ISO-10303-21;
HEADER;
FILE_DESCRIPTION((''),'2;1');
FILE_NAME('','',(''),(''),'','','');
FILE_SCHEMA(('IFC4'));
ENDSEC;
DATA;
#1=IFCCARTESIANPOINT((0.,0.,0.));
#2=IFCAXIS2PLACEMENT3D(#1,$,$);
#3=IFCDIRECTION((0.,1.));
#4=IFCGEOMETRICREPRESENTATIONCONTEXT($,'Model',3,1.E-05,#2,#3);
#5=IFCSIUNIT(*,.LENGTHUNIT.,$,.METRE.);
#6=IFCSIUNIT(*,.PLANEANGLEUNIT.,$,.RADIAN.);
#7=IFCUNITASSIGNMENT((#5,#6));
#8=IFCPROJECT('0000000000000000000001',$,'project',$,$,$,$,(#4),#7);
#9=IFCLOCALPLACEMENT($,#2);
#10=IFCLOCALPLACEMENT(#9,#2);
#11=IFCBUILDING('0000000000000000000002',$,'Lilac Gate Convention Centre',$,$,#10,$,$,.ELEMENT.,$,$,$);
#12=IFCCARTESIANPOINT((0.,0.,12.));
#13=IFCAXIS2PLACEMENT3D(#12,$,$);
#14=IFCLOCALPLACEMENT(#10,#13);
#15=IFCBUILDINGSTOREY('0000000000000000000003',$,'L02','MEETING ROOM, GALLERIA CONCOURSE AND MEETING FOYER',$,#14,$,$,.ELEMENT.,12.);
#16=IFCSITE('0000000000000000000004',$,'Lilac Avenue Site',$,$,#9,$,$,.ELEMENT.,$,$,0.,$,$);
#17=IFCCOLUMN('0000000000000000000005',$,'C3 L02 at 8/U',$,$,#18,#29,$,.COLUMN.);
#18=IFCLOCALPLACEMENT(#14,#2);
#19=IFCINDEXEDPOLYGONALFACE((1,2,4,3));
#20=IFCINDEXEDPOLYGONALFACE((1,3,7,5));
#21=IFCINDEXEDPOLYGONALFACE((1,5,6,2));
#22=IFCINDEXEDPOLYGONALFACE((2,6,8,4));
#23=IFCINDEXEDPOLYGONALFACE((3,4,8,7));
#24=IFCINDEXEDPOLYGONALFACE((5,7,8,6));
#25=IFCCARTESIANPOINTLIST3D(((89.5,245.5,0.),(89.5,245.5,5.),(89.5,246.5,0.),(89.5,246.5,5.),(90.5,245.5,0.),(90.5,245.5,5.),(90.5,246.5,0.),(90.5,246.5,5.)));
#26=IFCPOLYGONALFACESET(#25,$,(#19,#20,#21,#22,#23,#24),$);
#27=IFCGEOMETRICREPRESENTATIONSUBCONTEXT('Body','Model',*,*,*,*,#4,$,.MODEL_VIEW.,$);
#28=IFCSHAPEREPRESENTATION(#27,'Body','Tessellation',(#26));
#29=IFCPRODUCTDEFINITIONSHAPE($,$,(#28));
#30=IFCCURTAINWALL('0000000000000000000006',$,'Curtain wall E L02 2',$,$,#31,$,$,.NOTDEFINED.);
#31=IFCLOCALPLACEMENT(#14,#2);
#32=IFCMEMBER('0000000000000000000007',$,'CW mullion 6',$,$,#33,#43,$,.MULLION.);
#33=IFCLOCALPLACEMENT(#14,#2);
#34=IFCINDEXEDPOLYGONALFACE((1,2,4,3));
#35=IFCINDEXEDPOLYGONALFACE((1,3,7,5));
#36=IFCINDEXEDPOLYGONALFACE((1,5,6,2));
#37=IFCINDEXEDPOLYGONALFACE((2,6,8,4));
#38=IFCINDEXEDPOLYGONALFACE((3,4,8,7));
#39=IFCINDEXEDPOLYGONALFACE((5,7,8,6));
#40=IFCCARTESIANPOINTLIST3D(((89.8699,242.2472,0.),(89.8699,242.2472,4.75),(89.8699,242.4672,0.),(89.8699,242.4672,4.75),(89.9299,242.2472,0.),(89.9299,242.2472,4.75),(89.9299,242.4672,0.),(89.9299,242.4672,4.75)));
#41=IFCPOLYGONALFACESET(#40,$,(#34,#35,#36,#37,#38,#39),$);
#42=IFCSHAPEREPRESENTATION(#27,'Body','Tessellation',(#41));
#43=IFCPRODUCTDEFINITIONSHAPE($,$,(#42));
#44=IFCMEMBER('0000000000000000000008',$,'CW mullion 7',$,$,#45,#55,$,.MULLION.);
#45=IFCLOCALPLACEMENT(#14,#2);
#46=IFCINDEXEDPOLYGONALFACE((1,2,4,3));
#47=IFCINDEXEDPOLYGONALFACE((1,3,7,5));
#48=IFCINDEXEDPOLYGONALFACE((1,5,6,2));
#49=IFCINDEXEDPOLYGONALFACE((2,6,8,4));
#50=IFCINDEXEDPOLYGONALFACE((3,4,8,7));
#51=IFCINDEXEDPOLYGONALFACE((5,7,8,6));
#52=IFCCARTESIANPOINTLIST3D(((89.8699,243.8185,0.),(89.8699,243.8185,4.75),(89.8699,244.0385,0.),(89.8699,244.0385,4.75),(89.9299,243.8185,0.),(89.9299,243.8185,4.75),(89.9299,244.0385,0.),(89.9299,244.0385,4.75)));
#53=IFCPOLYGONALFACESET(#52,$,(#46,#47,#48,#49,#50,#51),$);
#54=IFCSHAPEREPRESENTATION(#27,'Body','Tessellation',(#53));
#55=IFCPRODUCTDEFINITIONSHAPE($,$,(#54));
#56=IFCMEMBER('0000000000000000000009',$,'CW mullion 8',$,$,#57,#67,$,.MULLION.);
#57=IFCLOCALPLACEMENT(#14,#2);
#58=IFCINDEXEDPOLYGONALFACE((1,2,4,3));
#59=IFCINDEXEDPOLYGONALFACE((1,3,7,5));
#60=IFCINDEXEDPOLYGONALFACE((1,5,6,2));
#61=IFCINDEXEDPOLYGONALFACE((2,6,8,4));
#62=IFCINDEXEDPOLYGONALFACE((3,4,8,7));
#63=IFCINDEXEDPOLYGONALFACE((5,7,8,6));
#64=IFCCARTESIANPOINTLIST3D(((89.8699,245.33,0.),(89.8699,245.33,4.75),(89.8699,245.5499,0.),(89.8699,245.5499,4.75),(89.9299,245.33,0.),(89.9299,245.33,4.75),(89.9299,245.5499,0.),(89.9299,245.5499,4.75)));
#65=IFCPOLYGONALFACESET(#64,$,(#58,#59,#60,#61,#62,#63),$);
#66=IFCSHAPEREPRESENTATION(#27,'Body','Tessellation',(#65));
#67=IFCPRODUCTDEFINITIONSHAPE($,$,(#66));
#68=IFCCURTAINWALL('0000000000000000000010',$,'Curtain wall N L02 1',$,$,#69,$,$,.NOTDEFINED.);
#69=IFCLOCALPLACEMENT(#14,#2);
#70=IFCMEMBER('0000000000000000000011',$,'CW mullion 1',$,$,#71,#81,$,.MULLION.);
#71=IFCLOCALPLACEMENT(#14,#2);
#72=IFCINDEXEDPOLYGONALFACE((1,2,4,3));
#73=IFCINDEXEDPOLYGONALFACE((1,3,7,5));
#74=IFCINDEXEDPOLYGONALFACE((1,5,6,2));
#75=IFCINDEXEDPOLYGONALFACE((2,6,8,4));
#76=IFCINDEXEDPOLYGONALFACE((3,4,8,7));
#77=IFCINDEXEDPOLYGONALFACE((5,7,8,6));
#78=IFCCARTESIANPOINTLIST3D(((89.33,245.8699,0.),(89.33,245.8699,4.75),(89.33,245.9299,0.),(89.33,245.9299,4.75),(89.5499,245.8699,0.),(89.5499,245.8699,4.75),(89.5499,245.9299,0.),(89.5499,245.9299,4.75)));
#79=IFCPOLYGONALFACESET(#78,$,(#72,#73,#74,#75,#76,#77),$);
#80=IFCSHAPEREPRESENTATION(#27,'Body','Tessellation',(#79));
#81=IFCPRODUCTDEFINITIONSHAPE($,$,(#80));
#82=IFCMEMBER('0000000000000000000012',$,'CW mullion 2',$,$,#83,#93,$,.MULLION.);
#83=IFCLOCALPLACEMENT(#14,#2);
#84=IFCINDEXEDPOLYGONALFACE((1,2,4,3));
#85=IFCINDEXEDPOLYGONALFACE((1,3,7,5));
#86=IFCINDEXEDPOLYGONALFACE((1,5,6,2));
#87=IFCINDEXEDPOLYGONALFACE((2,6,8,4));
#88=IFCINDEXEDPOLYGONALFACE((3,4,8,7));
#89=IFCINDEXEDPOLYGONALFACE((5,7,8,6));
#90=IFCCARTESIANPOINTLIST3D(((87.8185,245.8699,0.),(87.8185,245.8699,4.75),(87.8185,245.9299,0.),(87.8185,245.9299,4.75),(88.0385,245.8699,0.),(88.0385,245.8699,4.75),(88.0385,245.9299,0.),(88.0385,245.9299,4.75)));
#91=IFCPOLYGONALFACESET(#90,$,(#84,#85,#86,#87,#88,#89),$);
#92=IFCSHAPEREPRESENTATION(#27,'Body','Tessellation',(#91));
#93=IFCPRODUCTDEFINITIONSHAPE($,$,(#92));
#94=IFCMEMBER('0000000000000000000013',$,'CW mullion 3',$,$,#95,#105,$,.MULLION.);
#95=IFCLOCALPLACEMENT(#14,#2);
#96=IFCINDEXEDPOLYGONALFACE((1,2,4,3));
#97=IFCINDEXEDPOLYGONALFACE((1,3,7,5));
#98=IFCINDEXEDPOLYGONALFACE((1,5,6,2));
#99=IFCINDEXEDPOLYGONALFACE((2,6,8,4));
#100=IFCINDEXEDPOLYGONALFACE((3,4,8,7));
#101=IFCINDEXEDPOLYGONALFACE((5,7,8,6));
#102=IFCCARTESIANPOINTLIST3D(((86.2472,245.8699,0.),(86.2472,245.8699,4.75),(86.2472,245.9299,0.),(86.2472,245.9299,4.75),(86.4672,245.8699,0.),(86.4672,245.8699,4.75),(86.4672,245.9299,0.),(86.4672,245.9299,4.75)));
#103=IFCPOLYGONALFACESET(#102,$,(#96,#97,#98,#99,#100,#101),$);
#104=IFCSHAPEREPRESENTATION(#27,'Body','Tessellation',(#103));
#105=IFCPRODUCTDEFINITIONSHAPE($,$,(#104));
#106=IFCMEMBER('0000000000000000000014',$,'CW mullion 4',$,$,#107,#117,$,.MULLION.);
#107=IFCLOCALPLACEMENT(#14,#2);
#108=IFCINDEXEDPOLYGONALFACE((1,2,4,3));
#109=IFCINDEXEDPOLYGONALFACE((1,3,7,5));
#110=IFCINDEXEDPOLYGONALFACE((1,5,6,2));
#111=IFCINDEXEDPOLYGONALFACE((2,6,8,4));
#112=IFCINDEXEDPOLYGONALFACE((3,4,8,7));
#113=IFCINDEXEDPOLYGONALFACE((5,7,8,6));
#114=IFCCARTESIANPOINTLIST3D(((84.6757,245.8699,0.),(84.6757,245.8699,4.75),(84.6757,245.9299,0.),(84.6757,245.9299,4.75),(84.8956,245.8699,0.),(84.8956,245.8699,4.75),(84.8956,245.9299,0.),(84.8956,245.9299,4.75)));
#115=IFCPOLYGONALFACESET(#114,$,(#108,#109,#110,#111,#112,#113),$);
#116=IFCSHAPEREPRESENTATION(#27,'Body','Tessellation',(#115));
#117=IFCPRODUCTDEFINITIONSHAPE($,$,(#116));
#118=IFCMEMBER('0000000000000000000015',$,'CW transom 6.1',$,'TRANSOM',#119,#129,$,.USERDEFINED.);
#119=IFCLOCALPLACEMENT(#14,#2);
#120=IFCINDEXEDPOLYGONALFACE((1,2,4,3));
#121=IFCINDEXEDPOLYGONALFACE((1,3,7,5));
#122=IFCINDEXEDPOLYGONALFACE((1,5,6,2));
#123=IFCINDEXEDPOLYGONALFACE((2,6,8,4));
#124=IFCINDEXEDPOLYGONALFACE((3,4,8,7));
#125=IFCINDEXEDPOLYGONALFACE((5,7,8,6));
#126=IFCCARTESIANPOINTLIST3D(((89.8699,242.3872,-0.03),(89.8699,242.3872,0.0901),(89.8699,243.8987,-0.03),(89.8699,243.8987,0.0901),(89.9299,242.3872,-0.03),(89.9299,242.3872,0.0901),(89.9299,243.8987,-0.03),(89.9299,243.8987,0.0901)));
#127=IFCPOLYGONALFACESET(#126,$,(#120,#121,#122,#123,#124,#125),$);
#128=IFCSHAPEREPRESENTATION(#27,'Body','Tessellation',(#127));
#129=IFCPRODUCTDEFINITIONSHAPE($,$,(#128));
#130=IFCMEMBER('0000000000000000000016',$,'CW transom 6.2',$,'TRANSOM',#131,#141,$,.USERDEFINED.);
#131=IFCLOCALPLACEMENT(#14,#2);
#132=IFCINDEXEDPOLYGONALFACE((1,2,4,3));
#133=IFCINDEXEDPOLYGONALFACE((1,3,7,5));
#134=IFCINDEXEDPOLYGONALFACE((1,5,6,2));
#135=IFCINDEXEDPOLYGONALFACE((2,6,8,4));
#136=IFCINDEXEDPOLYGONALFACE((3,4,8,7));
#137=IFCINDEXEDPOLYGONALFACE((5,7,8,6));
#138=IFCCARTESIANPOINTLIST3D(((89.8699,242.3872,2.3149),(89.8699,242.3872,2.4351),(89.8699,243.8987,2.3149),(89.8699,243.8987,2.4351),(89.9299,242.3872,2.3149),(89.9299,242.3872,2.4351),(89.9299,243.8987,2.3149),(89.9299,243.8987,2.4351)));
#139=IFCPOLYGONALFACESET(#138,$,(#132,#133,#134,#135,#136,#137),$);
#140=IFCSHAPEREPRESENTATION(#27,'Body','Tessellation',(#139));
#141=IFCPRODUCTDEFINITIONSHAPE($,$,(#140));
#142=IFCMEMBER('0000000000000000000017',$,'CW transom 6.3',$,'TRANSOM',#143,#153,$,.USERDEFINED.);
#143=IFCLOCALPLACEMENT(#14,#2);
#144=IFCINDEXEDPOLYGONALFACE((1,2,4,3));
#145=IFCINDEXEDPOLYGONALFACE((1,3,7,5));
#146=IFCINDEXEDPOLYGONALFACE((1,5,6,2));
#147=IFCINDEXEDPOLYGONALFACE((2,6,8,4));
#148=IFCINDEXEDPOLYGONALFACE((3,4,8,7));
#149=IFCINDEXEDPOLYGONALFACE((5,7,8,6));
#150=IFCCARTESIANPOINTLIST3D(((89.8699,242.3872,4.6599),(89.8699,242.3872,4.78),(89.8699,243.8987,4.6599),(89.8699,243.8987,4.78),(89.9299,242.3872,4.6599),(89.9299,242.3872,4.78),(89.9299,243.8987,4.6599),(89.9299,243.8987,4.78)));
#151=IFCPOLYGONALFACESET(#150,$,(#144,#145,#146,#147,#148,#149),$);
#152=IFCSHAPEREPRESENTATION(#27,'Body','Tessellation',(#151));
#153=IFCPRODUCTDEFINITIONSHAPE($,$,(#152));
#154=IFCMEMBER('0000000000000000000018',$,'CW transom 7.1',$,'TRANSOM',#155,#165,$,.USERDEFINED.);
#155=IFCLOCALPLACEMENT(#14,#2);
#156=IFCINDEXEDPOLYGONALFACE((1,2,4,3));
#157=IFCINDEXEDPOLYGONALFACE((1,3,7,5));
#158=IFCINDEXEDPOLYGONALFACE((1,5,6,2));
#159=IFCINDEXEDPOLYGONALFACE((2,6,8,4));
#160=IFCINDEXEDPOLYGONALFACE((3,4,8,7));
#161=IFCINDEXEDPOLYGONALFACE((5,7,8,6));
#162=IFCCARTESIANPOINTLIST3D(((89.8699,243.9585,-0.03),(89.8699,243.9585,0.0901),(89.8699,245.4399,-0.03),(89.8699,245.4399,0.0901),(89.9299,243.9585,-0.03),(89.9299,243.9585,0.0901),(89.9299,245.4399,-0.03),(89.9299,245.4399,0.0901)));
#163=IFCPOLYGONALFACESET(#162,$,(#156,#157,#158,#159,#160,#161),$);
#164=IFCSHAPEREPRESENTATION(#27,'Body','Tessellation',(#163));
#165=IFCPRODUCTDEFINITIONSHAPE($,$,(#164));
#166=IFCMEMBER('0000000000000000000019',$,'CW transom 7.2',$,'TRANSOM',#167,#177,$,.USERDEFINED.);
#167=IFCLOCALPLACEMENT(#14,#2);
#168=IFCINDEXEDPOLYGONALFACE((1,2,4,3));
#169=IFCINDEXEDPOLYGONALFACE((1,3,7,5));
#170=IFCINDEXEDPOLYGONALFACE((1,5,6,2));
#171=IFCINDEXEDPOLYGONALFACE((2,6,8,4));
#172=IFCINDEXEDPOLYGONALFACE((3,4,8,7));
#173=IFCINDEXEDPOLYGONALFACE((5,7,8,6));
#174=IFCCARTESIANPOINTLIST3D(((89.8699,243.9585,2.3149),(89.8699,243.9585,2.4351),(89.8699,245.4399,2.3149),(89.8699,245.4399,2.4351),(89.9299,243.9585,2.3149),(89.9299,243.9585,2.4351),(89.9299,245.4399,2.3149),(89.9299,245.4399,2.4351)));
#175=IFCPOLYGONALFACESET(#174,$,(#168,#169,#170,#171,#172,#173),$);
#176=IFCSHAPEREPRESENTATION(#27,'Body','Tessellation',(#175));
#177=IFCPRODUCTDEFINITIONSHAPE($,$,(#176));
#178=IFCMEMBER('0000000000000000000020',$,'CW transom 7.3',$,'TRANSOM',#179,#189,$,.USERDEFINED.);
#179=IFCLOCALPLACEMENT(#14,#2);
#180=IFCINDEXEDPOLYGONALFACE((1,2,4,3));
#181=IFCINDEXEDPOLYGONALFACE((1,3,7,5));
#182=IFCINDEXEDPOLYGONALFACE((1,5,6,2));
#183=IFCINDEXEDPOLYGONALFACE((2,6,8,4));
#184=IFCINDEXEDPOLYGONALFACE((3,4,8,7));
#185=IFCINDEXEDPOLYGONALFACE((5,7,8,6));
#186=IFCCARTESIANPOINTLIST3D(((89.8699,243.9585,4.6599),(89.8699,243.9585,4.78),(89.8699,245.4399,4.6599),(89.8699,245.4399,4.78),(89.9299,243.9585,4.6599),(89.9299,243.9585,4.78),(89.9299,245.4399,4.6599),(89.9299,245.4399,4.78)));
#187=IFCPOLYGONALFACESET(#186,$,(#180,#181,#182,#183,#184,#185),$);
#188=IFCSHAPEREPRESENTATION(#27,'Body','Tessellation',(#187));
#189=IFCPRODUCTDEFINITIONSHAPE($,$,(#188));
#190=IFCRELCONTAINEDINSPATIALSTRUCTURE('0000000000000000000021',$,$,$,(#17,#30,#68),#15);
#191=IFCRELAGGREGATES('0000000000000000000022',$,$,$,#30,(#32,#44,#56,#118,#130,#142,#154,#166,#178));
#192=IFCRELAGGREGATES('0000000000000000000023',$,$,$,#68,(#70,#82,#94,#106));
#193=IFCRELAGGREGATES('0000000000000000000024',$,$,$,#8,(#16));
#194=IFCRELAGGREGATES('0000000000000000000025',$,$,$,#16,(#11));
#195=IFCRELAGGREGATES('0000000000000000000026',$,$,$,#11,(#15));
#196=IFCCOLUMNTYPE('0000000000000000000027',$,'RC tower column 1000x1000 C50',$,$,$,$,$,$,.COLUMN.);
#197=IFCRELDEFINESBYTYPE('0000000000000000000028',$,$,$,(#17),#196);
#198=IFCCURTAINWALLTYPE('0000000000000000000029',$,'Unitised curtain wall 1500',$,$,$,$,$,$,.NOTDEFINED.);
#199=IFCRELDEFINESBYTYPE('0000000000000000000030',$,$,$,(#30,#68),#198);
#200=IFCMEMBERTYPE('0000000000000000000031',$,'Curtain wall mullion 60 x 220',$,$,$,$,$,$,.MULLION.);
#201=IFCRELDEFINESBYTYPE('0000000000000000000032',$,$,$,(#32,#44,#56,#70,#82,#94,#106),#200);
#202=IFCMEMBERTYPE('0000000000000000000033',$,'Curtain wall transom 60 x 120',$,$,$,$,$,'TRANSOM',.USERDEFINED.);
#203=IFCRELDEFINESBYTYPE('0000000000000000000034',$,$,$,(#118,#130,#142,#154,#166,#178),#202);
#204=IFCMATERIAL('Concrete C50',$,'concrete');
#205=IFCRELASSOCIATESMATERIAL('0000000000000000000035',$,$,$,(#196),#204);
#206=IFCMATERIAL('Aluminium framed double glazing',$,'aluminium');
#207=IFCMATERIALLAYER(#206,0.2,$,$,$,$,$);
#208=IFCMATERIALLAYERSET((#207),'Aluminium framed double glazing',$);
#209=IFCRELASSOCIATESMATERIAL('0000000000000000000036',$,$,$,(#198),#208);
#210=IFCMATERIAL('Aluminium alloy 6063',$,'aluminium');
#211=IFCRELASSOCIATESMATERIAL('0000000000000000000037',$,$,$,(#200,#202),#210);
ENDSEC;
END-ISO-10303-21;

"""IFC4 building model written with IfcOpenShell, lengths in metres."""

from ifc_helpers import new_model, si_unit, direction, frame, origin, origin_2d, place, context, subcontext, project, spatial, rectangle, extrude, material, layer, layer_set, material_profile, profile_set, type_object, element, aggregate, save


model = new_model("IFC4")

# Units and contexts
model_context = context("Model", 3, precision=1e-05, world=origin(), true_north=direction((0.0, 1.0)))
body_context = subcontext(model_context, "Body", "Model", "MODEL_VIEW")
ifc_project = project(units=[si_unit("LENGTHUNIT", "METRE"), si_unit("PLANEANGLEUNIT", "RADIAN")], contexts=[model_context])

# Site, building, storey
site_placement = place(None, origin())
site = spatial("IfcSite", under=ifc_project, at=site_placement, Name="Lilac Avenue Site", CompositionType="ELEMENT", RefElevation=0.0)
building_placement = place(site_placement, origin())
building = spatial("IfcBuilding", under=site, at=building_placement, Name="Lilac Gate Convention Centre", CompositionType="ELEMENT")
storey_placement = place(building_placement, frame((0.0, 0.0, 12.0)))
storey = spatial("IfcBuildingStorey", under=building, at=storey_placement, Name="L02", Description="MEETING ROOM, GALLERIA CONCOURSE AND MEETING FOYER", CompositionType="ELEMENT", Elevation=12.0)

# Column
ifc_material_1 = material(Name="Concrete C50", Category="concrete")
ifc_material_profile_1 = material_profile(ifc_material_1, rectangle(XDim=1.0, YDim=1.0, at=origin_2d()), Name="RC 1000x1000")
ifc_profile_set_1 = profile_set([ifc_material_profile_1], Name="Concrete C50")
column_type = type_object("IfcColumnType", Name="RC tower column 1000x1000 C50", PredefinedType="COLUMN", material=ifc_profile_set_1)
column_placement = place(storey_placement, frame((90.0, 246.0, 0.0), z_axis=(0.0, 0.0, 1.0), x_axis=(1.0, 0.0, 0.0)))
element("IfcColumn", 1, at=column_placement, inside=storey, type_object=column_type, Name="C3 L02 at 8/U", PredefinedType="COLUMN", context=body_context, shape_type="SweptSolid", body=[
    extrude(rectangle(XDim=1.0, YDim=1.0, at=origin_2d()), origin(), (0.0, 0.0, 1.0), 5.0),
])

# Curtain walls, members
ifc_material_2 = material(Name="Aluminium framed double glazing", Category="aluminium")
ifc_layer_1 = layer(ifc_material_2, 0.2)
ifc_layer_set_1 = layer_set([ifc_layer_1], Name="Aluminium framed double glazing")
curtain_wall_type = type_object("IfcCurtainWallType", Name="Unitised curtain wall 1500", PredefinedType="NOTDEFINED", material=ifc_layer_set_1)
curtain_wall_1_placement = place(storey_placement, origin())
curtain_wall_1 = element("IfcCurtainWall", 2, at=curtain_wall_1_placement, inside=storey, type_object=curtain_wall_type, Name="Curtain wall E L02 2", PredefinedType="NOTDEFINED")
ifc_material_3 = material(Name="Aluminium alloy 6063", Category="aluminium")
ifc_material_profile_2 = material_profile(ifc_material_3, rectangle(XDim=0.0601, YDim=0.22, at=origin_2d()), Name="Curtain wall mullion 60 x 220")
ifc_profile_set_2 = profile_set([ifc_material_profile_2], Name="Aluminium alloy 6063")
member_type_1 = type_object("IfcMemberType", Name="Curtain wall mullion 60 x 220", PredefinedType="MULLION", material=ifc_profile_set_2)
member_1_placement = place(storey_placement, frame((89.8999, 242.3572, 0.0), z_axis=(0.0, 0.0, 1.0), x_axis=(-1.0, 0.0, 0.0)))
member_1 = element("IfcMember", 3, at=member_1_placement, type_object=member_type_1, Name="CW mullion 6", PredefinedType="MULLION", context=body_context, shape_type="SweptSolid", body=[
    extrude(rectangle(XDim=0.0601, YDim=0.22, at=origin_2d()), origin(), (0.0, 0.0, 1.0), 4.75),
])
member_2_placement = place(storey_placement, frame((89.8999, 243.9285, 0.0), z_axis=(0.0, 0.0, 1.0), x_axis=(-1.0, 0.0, 0.0)))
member_2 = element("IfcMember", 4, at=member_2_placement, type_object=member_type_1, Name="CW mullion 7", PredefinedType="MULLION", context=body_context, shape_type="SweptSolid", body=[
    extrude(rectangle(XDim=0.0601, YDim=0.22, at=origin_2d()), origin(), (0.0, 0.0, 1.0), 4.75),
])
member_3_placement = place(storey_placement, frame((89.8999, 245.4399, 0.0), z_axis=(0.0, 0.0, 1.0), x_axis=(-1.0, 0.0, 0.0)))
member_3 = element("IfcMember", 5, at=member_3_placement, type_object=member_type_1, Name="CW mullion 8", PredefinedType="MULLION", context=body_context, shape_type="SweptSolid", body=[
    extrude(rectangle(XDim=0.0601, YDim=0.22, at=origin_2d()), origin(), (0.0, 0.0, 1.0), 4.75),
])
curtain_wall_2_placement = place(storey_placement, origin())
curtain_wall_2 = element("IfcCurtainWall", 6, at=curtain_wall_2_placement, inside=storey, type_object=curtain_wall_type, Name="Curtain wall N L02 1", PredefinedType="NOTDEFINED")
member_4_placement = place(storey_placement, frame((89.4399, 245.8999, 0.0), z_axis=(0.0, 0.0, 1.0), x_axis=(0.0, -1.0, 0.0)))
member_4 = element("IfcMember", 7, at=member_4_placement, type_object=member_type_1, Name="CW mullion 1", PredefinedType="MULLION", context=body_context, shape_type="SweptSolid", body=[
    extrude(rectangle(XDim=0.0601, YDim=0.22, at=origin_2d()), origin(), (0.0, 0.0, 1.0), 4.75),
])
member_5_placement = place(storey_placement, frame((87.9285, 245.8999, 0.0), z_axis=(0.0, 0.0, 1.0), x_axis=(0.0, -1.0, 0.0)))
member_5 = element("IfcMember", 8, at=member_5_placement, type_object=member_type_1, Name="CW mullion 2", PredefinedType="MULLION", context=body_context, shape_type="SweptSolid", body=[
    extrude(rectangle(XDim=0.0601, YDim=0.22, at=origin_2d()), origin(), (0.0, 0.0, 1.0), 4.75),
])
member_6_placement = place(storey_placement, frame((86.3572, 245.8999, 0.0), z_axis=(0.0, 0.0, 1.0), x_axis=(0.0, -1.0, 0.0)))
member_6 = element("IfcMember", 9, at=member_6_placement, type_object=member_type_1, Name="CW mullion 3", PredefinedType="MULLION", context=body_context, shape_type="SweptSolid", body=[
    extrude(rectangle(XDim=0.0601, YDim=0.22, at=origin_2d()), origin(), (0.0, 0.0, 1.0), 4.75),
])
member_7_placement = place(storey_placement, frame((84.7856, 245.8999, 0.0), z_axis=(0.0, 0.0, 1.0), x_axis=(0.0, -1.0, 0.0)))
member_7 = element("IfcMember", 10, at=member_7_placement, type_object=member_type_1, Name="CW mullion 4", PredefinedType="MULLION", context=body_context, shape_type="SweptSolid", body=[
    extrude(rectangle(XDim=0.0601, YDim=0.22, at=origin_2d()), origin(), (0.0, 0.0, 1.0), 4.75),
])

# Members
ifc_material_profile_3 = material_profile(ifc_material_3, rectangle(XDim=0.0601, YDim=0.1201, at=origin_2d()), Name="Curtain wall transom 60 x 120")
ifc_profile_set_3 = profile_set([ifc_material_profile_3], Name="Aluminium alloy 6063")
member_type_2 = type_object("IfcMemberType", Name="Curtain wall transom 60 x 120", ElementType="TRANSOM", PredefinedType="USERDEFINED", material=ifc_profile_set_3)
member_8_placement = place(storey_placement, frame((89.8999, 242.3872, 0.03), z_axis=(0.0, 1.0, 0.0), x_axis=(-1.0, 0.0, 0.0)))
member_8 = element("IfcMember", 11, at=member_8_placement, type_object=member_type_2, Name="CW transom 6.1", ObjectType="TRANSOM", PredefinedType="USERDEFINED", context=body_context, shape_type="SweptSolid", body=[
    extrude(rectangle(XDim=0.0601, YDim=0.1201, at=origin_2d()), origin(), (0.0, 0.0, 1.0), 1.5115),
])
member_9_placement = place(storey_placement, frame((89.8999, 242.3872, 2.375), z_axis=(0.0, 1.0, 0.0), x_axis=(-1.0, 0.0, 0.0)))
member_9 = element("IfcMember", 12, at=member_9_placement, type_object=member_type_2, Name="CW transom 6.2", ObjectType="TRANSOM", PredefinedType="USERDEFINED", context=body_context, shape_type="SweptSolid", body=[
    extrude(rectangle(XDim=0.0601, YDim=0.1201, at=origin_2d()), origin(), (0.0, 0.0, 1.0), 1.5115),
])
member_10_placement = place(storey_placement, frame((89.8999, 242.3872, 4.72), z_axis=(0.0, 1.0, 0.0), x_axis=(-1.0, 0.0, 0.0)))
member_10 = element("IfcMember", 13, at=member_10_placement, type_object=member_type_2, Name="CW transom 6.3", ObjectType="TRANSOM", PredefinedType="USERDEFINED", context=body_context, shape_type="SweptSolid", body=[
    extrude(rectangle(XDim=0.0601, YDim=0.1201, at=origin_2d()), origin(), (0.0, 0.0, 1.0), 1.5115),
])
member_11_placement = place(storey_placement, frame((89.8999, 243.9585, 0.03), z_axis=(0.0, 1.0, 0.0), x_axis=(-1.0, 0.0, 0.0)))
member_11 = element("IfcMember", 14, at=member_11_placement, type_object=member_type_2, Name="CW transom 7.1", ObjectType="TRANSOM", PredefinedType="USERDEFINED", context=body_context, shape_type="SweptSolid", body=[
    extrude(rectangle(XDim=0.0601, YDim=0.1201, at=origin_2d()), origin(), (0.0, 0.0, 1.0), 1.4814),
])
member_12_placement = place(storey_placement, frame((89.8999, 243.9585, 2.375), z_axis=(0.0, 1.0, 0.0), x_axis=(-1.0, 0.0, 0.0)))
member_12 = element("IfcMember", 15, at=member_12_placement, type_object=member_type_2, Name="CW transom 7.2", ObjectType="TRANSOM", PredefinedType="USERDEFINED", context=body_context, shape_type="SweptSolid", body=[
    extrude(rectangle(XDim=0.0601, YDim=0.1201, at=origin_2d()), origin(), (0.0, 0.0, 1.0), 1.4814),
])
member_13_placement = place(storey_placement, frame((89.8999, 243.9585, 4.72), z_axis=(0.0, 1.0, 0.0), x_axis=(-1.0, 0.0, 0.0)))
member_13 = element("IfcMember", 16, at=member_13_placement, type_object=member_type_2, Name="CW transom 7.3", ObjectType="TRANSOM", PredefinedType="USERDEFINED", context=body_context, shape_type="SweptSolid", body=[
    extrude(rectangle(XDim=0.0601, YDim=0.1201, at=origin_2d()), origin(), (0.0, 0.0, 1.0), 1.4814),
])

aggregate(curtain_wall_1, [member_1, member_2, member_3, member_8, member_9, member_10, member_11, member_12, member_13])
aggregate(curtain_wall_2, [member_4, member_5, member_6, member_7])

save(model, "model.ifc")
